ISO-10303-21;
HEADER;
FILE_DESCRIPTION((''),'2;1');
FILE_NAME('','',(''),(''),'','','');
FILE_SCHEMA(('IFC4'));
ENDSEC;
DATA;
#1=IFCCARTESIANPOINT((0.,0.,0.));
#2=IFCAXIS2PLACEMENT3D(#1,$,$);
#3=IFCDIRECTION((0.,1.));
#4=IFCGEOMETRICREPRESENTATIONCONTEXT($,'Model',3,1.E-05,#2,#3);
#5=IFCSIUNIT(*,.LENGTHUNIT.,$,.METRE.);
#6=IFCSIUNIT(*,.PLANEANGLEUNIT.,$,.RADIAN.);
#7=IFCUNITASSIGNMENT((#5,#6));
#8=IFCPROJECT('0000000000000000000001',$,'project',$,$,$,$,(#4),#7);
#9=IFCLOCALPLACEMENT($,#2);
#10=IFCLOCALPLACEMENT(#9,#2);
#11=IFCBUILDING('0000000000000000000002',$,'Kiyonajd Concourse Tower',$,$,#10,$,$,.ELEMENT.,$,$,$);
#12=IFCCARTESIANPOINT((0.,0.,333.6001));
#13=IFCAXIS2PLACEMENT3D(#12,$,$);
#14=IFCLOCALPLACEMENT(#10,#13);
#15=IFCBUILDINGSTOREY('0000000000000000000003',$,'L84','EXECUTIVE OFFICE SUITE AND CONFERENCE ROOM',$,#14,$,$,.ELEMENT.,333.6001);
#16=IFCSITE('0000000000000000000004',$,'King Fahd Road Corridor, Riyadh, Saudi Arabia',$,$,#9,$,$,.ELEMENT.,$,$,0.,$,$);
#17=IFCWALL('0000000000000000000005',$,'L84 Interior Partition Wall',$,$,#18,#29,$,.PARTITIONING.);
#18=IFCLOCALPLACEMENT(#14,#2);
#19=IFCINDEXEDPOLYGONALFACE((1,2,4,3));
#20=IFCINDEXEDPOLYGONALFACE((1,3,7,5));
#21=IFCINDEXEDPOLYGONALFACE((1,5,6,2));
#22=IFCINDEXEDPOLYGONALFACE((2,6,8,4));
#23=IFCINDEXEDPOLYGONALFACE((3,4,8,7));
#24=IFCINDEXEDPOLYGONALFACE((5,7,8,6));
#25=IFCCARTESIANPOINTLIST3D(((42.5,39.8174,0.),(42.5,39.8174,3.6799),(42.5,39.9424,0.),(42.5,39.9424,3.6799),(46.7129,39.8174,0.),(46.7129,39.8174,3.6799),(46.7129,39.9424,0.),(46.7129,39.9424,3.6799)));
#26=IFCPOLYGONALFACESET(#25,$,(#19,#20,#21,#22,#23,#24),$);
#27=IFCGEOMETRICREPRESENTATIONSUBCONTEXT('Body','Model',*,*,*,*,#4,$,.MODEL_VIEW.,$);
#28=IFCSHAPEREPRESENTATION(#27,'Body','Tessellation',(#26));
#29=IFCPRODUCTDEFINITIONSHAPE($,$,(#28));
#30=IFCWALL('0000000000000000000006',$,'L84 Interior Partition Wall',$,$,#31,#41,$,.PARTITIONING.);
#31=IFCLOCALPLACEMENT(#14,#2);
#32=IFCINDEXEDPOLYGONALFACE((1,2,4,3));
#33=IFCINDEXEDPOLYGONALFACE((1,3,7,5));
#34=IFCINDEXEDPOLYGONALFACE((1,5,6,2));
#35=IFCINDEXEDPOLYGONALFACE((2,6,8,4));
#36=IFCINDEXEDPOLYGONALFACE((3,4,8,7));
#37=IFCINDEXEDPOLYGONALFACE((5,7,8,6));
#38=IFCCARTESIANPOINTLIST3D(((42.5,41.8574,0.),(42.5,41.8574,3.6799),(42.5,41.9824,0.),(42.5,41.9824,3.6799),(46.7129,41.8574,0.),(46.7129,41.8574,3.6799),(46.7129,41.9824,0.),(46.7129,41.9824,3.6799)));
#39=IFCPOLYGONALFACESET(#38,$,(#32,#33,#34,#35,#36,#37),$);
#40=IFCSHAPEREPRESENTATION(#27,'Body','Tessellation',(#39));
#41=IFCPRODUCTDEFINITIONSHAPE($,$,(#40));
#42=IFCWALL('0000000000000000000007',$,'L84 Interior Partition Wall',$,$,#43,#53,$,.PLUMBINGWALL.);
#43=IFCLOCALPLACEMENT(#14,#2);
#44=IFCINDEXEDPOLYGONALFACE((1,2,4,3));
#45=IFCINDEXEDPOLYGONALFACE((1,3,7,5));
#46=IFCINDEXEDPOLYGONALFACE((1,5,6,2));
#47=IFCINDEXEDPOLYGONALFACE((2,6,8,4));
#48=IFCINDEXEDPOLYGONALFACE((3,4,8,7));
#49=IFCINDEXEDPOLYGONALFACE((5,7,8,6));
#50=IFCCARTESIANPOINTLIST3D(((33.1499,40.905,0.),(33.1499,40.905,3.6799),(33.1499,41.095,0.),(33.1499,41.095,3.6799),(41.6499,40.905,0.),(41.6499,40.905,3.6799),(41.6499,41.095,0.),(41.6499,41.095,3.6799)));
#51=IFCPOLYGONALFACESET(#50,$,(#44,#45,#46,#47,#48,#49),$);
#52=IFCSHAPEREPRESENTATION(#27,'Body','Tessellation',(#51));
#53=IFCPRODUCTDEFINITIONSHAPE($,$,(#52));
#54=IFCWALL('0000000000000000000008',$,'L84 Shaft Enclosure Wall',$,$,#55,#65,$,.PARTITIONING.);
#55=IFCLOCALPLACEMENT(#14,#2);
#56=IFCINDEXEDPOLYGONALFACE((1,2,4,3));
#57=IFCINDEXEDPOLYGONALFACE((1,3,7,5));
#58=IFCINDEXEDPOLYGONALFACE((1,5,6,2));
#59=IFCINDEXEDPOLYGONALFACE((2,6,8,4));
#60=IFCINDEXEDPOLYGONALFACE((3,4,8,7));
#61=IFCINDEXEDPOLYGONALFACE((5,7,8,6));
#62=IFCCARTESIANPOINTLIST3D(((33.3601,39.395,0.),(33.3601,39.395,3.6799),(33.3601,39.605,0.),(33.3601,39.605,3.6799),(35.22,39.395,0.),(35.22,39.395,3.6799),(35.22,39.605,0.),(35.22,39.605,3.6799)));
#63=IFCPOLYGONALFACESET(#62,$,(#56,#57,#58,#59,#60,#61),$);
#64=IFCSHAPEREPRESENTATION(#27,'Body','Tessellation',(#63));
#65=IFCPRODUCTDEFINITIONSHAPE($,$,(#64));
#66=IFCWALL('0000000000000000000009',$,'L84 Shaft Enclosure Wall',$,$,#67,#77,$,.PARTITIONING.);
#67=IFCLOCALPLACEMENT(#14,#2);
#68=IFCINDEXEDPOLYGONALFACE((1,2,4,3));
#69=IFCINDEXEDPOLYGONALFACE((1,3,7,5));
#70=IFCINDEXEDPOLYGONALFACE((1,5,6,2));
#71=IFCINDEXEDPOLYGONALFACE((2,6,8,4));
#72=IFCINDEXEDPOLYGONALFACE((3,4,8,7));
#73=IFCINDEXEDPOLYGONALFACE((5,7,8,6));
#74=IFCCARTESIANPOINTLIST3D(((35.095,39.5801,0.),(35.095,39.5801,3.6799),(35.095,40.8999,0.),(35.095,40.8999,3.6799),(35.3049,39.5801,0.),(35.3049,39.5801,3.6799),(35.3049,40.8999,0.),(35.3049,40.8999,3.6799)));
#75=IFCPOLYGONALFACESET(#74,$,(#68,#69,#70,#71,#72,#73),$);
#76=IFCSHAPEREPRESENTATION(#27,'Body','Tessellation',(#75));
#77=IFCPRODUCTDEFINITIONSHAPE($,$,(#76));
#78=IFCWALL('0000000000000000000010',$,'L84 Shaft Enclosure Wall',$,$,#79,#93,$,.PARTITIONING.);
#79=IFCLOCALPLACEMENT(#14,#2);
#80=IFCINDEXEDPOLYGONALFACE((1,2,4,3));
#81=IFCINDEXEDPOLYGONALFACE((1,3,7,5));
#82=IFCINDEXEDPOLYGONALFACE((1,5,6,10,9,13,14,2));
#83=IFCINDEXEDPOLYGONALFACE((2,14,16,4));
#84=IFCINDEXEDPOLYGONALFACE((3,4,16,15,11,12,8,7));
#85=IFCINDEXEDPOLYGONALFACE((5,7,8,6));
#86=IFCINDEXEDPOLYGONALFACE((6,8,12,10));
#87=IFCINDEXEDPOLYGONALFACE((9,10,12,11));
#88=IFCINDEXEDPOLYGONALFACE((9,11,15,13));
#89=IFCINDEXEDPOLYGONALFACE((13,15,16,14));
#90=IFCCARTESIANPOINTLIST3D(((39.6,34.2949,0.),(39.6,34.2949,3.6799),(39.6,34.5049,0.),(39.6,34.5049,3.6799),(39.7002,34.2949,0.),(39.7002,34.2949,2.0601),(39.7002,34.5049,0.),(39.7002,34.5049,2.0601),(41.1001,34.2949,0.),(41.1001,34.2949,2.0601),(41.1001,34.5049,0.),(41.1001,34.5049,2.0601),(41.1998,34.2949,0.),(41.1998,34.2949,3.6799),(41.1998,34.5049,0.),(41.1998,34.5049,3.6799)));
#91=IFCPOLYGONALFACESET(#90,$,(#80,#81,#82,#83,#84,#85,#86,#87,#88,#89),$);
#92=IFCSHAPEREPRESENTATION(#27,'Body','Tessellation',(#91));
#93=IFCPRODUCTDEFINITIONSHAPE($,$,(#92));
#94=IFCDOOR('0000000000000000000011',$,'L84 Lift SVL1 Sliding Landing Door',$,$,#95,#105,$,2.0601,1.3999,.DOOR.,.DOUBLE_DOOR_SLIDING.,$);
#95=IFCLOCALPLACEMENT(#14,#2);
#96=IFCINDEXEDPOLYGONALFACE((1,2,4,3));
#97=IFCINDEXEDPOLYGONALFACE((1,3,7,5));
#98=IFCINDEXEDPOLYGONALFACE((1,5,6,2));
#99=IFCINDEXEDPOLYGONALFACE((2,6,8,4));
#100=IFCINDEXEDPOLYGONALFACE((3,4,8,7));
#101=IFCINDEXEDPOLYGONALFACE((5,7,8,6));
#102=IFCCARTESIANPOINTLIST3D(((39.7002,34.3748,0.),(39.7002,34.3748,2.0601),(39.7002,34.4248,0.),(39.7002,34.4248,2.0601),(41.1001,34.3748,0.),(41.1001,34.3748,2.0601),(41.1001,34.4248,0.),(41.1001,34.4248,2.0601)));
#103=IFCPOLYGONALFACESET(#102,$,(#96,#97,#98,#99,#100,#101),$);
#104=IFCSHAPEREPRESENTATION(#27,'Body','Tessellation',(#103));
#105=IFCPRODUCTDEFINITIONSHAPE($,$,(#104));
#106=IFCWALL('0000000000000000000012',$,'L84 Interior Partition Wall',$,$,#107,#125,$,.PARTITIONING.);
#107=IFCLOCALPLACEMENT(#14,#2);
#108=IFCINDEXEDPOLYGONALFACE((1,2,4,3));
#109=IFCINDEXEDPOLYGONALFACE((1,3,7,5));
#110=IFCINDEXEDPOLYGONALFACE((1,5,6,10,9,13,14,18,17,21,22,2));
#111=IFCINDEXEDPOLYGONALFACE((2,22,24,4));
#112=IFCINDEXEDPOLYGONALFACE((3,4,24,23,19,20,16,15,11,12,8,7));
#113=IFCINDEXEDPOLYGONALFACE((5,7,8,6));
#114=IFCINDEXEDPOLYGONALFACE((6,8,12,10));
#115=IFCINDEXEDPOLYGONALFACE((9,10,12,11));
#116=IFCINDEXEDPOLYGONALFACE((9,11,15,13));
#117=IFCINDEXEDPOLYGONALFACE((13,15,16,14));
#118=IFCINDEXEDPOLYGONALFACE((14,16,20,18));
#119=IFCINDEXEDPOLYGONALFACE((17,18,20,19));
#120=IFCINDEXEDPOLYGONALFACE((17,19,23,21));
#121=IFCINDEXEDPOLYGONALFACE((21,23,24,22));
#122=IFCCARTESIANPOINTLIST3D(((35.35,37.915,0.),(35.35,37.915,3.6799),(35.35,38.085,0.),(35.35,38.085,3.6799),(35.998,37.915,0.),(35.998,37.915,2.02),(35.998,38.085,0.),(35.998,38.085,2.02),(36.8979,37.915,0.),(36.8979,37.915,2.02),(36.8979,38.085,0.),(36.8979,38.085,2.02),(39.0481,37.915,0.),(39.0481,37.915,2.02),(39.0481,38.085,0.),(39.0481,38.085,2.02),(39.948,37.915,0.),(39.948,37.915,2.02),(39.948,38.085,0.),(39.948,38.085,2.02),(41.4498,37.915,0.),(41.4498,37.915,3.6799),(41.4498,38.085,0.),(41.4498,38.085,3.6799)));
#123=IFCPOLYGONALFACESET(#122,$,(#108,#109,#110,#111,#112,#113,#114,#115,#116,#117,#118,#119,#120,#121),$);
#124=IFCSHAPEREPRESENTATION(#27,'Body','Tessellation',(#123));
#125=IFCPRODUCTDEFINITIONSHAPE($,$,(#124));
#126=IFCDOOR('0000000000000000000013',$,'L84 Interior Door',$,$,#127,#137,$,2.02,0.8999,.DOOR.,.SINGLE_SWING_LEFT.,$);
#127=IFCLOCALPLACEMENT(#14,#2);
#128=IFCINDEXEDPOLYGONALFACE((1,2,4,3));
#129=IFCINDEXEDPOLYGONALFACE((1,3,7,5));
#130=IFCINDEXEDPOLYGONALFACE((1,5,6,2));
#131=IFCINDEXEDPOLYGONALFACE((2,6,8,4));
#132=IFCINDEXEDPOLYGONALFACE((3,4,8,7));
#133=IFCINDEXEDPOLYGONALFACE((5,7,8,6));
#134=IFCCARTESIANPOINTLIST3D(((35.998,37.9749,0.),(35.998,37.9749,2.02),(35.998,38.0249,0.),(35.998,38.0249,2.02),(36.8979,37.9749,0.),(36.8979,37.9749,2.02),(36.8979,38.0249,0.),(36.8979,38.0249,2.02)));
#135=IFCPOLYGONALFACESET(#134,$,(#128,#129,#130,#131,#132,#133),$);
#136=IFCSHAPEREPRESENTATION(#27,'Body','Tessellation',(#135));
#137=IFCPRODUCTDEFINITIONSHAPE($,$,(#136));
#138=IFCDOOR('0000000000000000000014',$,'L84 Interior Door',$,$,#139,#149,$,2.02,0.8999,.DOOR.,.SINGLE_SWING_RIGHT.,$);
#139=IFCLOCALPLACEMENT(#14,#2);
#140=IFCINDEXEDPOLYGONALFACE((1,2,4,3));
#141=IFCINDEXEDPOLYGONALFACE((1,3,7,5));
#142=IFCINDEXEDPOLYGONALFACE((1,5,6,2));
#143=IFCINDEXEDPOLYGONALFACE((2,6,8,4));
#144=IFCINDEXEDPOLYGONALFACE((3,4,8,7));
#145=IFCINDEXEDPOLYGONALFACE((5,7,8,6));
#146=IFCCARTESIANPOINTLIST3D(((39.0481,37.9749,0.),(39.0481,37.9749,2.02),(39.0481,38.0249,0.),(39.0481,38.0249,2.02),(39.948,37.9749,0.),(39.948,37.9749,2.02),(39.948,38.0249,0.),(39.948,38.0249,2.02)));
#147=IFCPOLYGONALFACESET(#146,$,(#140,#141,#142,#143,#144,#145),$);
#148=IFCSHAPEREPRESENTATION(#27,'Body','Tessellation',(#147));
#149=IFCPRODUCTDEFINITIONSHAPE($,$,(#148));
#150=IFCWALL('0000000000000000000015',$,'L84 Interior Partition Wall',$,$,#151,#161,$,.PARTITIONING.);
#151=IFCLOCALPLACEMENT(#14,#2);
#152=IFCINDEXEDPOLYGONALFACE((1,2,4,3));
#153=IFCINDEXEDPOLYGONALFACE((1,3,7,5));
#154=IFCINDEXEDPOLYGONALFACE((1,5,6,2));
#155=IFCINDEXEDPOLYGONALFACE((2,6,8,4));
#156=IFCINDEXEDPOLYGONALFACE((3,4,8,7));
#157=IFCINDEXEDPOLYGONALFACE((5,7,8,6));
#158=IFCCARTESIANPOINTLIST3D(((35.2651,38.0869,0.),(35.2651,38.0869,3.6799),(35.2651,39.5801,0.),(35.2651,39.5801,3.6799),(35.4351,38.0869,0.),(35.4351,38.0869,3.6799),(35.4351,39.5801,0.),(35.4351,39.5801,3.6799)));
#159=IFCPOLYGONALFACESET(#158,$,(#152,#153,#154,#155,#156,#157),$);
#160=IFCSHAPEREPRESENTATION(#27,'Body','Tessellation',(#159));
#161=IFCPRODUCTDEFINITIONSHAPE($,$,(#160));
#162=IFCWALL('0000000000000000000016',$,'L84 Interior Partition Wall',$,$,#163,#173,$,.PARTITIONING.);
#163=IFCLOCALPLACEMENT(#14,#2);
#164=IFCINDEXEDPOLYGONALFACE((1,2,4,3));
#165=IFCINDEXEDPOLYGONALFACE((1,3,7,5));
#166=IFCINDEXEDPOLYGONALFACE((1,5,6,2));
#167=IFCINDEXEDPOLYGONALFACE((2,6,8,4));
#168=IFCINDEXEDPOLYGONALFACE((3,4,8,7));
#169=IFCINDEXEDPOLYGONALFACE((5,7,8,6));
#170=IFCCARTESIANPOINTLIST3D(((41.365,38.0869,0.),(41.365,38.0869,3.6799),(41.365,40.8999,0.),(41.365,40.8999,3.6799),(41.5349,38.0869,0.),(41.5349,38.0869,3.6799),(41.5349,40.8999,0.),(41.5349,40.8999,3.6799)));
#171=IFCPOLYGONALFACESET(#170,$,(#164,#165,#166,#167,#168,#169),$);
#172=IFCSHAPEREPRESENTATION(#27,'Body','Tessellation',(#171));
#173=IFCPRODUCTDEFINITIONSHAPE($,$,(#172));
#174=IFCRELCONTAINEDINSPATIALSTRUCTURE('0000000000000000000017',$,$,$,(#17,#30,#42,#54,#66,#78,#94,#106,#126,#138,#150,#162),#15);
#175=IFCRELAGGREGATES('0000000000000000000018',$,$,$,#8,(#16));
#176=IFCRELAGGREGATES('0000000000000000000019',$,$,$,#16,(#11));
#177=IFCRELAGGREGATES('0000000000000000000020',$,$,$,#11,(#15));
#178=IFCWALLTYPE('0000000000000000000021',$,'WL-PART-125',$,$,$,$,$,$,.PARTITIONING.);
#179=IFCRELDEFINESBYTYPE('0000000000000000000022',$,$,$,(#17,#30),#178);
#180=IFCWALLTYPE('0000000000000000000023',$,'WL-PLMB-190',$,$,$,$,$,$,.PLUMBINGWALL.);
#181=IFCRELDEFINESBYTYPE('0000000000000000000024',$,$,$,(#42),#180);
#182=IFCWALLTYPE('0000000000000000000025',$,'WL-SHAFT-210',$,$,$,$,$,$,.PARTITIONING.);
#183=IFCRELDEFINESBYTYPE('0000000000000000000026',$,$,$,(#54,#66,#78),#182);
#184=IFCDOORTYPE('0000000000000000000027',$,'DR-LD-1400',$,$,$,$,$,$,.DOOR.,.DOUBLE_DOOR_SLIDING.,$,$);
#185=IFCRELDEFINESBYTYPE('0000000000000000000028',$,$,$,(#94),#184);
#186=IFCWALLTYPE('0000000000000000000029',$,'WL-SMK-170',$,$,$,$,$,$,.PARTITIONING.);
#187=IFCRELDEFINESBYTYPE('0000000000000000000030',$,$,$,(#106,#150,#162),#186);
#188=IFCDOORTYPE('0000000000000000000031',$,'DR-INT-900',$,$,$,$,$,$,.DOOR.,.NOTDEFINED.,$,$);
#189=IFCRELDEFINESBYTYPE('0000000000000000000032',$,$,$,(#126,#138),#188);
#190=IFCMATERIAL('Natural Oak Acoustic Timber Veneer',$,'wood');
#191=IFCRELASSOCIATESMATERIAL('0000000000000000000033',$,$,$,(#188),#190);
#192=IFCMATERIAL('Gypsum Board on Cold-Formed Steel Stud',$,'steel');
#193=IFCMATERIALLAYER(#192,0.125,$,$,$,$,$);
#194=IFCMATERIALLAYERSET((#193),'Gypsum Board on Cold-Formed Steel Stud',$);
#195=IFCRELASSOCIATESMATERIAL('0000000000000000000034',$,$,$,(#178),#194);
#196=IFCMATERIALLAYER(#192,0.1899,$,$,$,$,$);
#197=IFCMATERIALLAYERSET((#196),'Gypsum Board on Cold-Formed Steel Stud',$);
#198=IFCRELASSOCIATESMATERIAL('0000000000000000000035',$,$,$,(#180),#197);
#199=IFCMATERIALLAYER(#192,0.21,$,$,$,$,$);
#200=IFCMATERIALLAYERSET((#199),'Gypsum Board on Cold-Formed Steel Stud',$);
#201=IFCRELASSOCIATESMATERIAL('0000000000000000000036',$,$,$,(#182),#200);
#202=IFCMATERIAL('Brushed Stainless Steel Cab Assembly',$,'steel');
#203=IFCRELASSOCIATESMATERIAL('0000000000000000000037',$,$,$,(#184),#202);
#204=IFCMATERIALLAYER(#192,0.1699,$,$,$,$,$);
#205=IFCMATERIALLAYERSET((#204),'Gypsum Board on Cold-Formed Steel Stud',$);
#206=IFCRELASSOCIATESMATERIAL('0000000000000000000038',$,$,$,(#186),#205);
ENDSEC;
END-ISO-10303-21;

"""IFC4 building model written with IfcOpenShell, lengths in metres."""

from ifc_helpers import new_model, si_unit, direction, frame, frame_2d, origin, place, context, subcontext, project, spatial, rectangle, extrude, material, layer, layer_set, type_object, element, fill, save


model = new_model("IFC4")

# Units and contexts
model_context = context("Model", 3, precision=1e-05, world=origin(), true_north=direction((0.0, 1.0)))
body_context = subcontext(model_context, "Body", "Model", "MODEL_VIEW")
ifc_project = project(units=[si_unit("LENGTHUNIT", "METRE"), si_unit("PLANEANGLEUNIT", "RADIAN")], contexts=[model_context])

# Site, building, storey
site_placement = place(None, origin())
site = spatial("IfcSite", under=ifc_project, at=site_placement, Name="King Fahd Road Corridor, Riyadh, Saudi Arabia", CompositionType="ELEMENT", RefElevation=0.0)
building_placement = place(site_placement, origin())
building = spatial("IfcBuilding", under=site, at=building_placement, Name="Kiyonajd Concourse Tower", CompositionType="ELEMENT")
storey_placement = place(building_placement, frame((0.0, 0.0, 333.6001)))
storey = spatial("IfcBuildingStorey", under=building, at=storey_placement, Name="L84", Description="EXECUTIVE OFFICE SUITE AND CONFERENCE ROOM", CompositionType="ELEMENT", Elevation=333.6001)

# Shared definitions
ifc_material_1 = material(Name="Natural Oak Acoustic Timber Veneer", Category="wood")
door_type_1 = type_object("IfcDoorType", Name="DR-INT-900", OperationType="NOTDEFINED", PredefinedType="DOOR", material=ifc_material_1)

# Walls
ifc_material_2 = material(Name="Gypsum Board on Cold-Formed Steel Stud", Category="steel")
ifc_layer_1 = layer(ifc_material_2, 0.125)
ifc_layer_set_1 = layer_set([ifc_layer_1], Name="Gypsum Board on Cold-Formed Steel Stud")
wall_type_1 = type_object("IfcWallType", Name="WL-PART-125", PredefinedType="PARTITIONING", material=ifc_layer_set_1)
for number, where, z_axis, x_axis, name in (
    (1, (42.5, 39.8799, 0.0), (0.0, 0.0, 1.0), (1.0, 0.0, 0.0), "L84 Interior Partition Wall"),
    (2, (42.5, 41.9199, 0.0), (0.0, 0.0, 1.0), (1.0, 0.0, 0.0), "L84 Interior Partition Wall"),
):
    element("IfcWall", number, at=place(storey_placement, frame(where, z_axis=z_axis, x_axis=x_axis)), inside=storey, type_object=wall_type_1, Name=name, PredefinedType="PARTITIONING", context=body_context, shape_type="SweptSolid", body=[
        extrude(rectangle(XDim=4.2129, YDim=0.125, at=frame_2d((2.1064, 0.0))), origin(), (0.0, 0.0, 1.0), 3.6799),
    ])
ifc_layer_2 = layer(ifc_material_2, 0.1899)
ifc_layer_set_2 = layer_set([ifc_layer_2], Name="Gypsum Board on Cold-Formed Steel Stud")
wall_type_2 = type_object("IfcWallType", Name="WL-PLMB-190", PredefinedType="PLUMBINGWALL", material=ifc_layer_set_2)
wall_1_placement = place(storey_placement, frame((33.1499, 41.0, 0.0), z_axis=(0.0, 0.0, 1.0), x_axis=(1.0, 0.0, 0.0)))
element("IfcWall", 3, at=wall_1_placement, inside=storey, type_object=wall_type_2, Name="L84 Interior Partition Wall", PredefinedType="PLUMBINGWALL", context=body_context, shape_type="SweptSolid", body=[
    extrude(rectangle(XDim=8.5, YDim=0.1899, at=frame_2d((4.25, 0.0))), origin(), (0.0, 0.0, 1.0), 3.6799),
])
ifc_layer_3 = layer(ifc_material_2, 0.21)
ifc_layer_set_3 = layer_set([ifc_layer_3], Name="Gypsum Board on Cold-Formed Steel Stud")
wall_type_3 = type_object("IfcWallType", Name="WL-SHAFT-210", PredefinedType="PARTITIONING", material=ifc_layer_set_3)
wall_2_placement = place(storey_placement, frame((33.3601, 39.5, 0.0), z_axis=(0.0, 0.0, 1.0), x_axis=(1.0, 0.0, 0.0)))
element("IfcWall", 4, at=wall_2_placement, inside=storey, type_object=wall_type_3, Name="L84 Shaft Enclosure Wall", PredefinedType="PARTITIONING", context=body_context, shape_type="SweptSolid", body=[
    extrude(rectangle(XDim=1.8599, YDim=0.21, at=frame_2d((0.9299, 0.0))), origin(), (0.0, 0.0, 1.0), 3.6799),
])
wall_3_placement = place(storey_placement, frame((35.2, 39.5801, 0.0), z_axis=(0.0, 0.0, 1.0), x_axis=(0.0, 1.0, 0.0)))
element("IfcWall", 5, at=wall_3_placement, inside=storey, type_object=wall_type_3, Name="L84 Shaft Enclosure Wall", PredefinedType="PARTITIONING", context=body_context, shape_type="SweptSolid", body=[
    extrude(rectangle(XDim=1.3198, YDim=0.21, at=frame_2d((0.6599, 0.0))), origin(), (0.0, 0.0, 1.0), 3.6799),
])

# Wall, opening, door
wall_4_placement = place(storey_placement, frame((39.6001, 34.3999, 0.0), z_axis=(0.0, 0.0, 1.0), x_axis=(1.0, 0.0, 0.0)))
wall_4 = element("IfcWall", 6, at=wall_4_placement, inside=storey, type_object=wall_type_3, Name="L84 Shaft Enclosure Wall", PredefinedType="PARTITIONING", context=body_context, shape_type="SweptSolid", body=[
    extrude(rectangle(XDim=1.5999, YDim=0.21, at=frame_2d((0.7998, 0.0))), origin(), (0.0, 0.0, 1.0), 3.6799),
])
opening_1_placement = place(wall_4_placement, frame((0.1001, 0.0, 0.0)))
opening_1 = element("IfcOpeningElement", 7, at=opening_1_placement, cuts=wall_4, PredefinedType="OPENING", context=body_context, shape_type="SweptSolid", body=[
    extrude(rectangle(XDim=1.3999, YDim=2.0601, at=frame_2d((0.7, 1.03))), frame((0.0, 0.115, 0.0), z_axis=(0.0, -1.0, 0.0), x_axis=(1.0, 0.0, 0.0)), (0.0, 0.0, 1.0), 0.23),
])
ifc_material_3 = material(Name="Brushed Stainless Steel Cab Assembly", Category="steel")
door_type_2 = type_object("IfcDoorType", Name="DR-LD-1400", OperationType="DOUBLE_DOOR_SLIDING", PredefinedType="DOOR", material=ifc_material_3)
door_1_placement = place(opening_1_placement, origin())
door_1 = element("IfcDoor", 8, at=door_1_placement, inside=storey, type_object=door_type_2, Name="L84 Lift SVL1 Sliding Landing Door", OperationType="DOUBLE_DOOR_SLIDING", OverallHeight=2.0601, OverallWidth=1.3999, PredefinedType="DOOR", context=body_context, shape_type="SweptSolid", body=[
    extrude(rectangle(XDim=1.3999, YDim=2.0601, at=frame_2d((0.7, 1.03))), frame((0.0, 0.0249, 0.0), z_axis=(0.0, -1.0, 0.0), x_axis=(1.0, 0.0, 0.0)), (0.0, 0.0, 1.0), 0.05),
])
fill(opening_1, door_1)

# Wall, openings, doors
ifc_layer_4 = layer(ifc_material_2, 0.1699)
ifc_layer_set_4 = layer_set([ifc_layer_4], Name="Gypsum Board on Cold-Formed Steel Stud")
wall_type_4 = type_object("IfcWallType", Name="WL-SMK-170", PredefinedType="PARTITIONING", material=ifc_layer_set_4)
wall_5_placement = place(storey_placement, frame((35.3501, 38.0, 0.0), z_axis=(0.0, 0.0, 1.0), x_axis=(1.0, 0.0, 0.0)))
wall_5 = element("IfcWall", 9, at=wall_5_placement, inside=storey, type_object=wall_type_4, Name="L84 Interior Partition Wall", PredefinedType="PARTITIONING", context=body_context, shape_type="SweptSolid", body=[
    extrude(rectangle(XDim=6.0999, YDim=0.1699, at=frame_2d((3.0498, 0.0))), origin(), (0.0, 0.0, 1.0), 3.6799),
])
opening_2_placement = place(wall_5_placement, frame((0.6479, 0.0, 0.0)))
opening_2 = element("IfcOpeningElement", 10, at=opening_2_placement, cuts=wall_5, PredefinedType="OPENING", context=body_context, shape_type="SweptSolid", body=[
    extrude(rectangle(XDim=0.8999, YDim=2.02, at=frame_2d((0.45, 1.01))), frame((0.0, 0.095, 0.0), z_axis=(0.0, -1.0, 0.0), x_axis=(1.0, 0.0, 0.0)), (0.0, 0.0, 1.0), 0.1899),
])
opening_3_placement = place(wall_5_placement, frame((3.698, 0.0, 0.0)))
opening_3 = element("IfcOpeningElement", 11, at=opening_3_placement, cuts=wall_5, PredefinedType="OPENING", context=body_context, shape_type="SweptSolid", body=[
    extrude(rectangle(XDim=0.8999, YDim=2.02, at=frame_2d((0.45, 1.01))), frame((0.0, 0.095, 0.0), z_axis=(0.0, -1.0, 0.0), x_axis=(1.0, 0.0, 0.0)), (0.0, 0.0, 1.0), 0.1899),
])
door_2_placement = place(opening_2_placement, origin())
door_2 = element("IfcDoor", 12, at=door_2_placement, inside=storey, type_object=door_type_1, Name="L84 Interior Door", OperationType="SINGLE_SWING_LEFT", OverallHeight=2.02, OverallWidth=0.8999, PredefinedType="DOOR", context=body_context, shape_type="SweptSolid", body=[
    extrude(rectangle(XDim=0.8999, YDim=2.02, at=frame_2d((0.45, 1.01))), frame((0.0, 0.0249, 0.0), z_axis=(0.0, -1.0, 0.0), x_axis=(1.0, 0.0, 0.0)), (0.0, 0.0, 1.0), 0.05),
])
fill(opening_2, door_2)
door_3_placement = place(opening_3_placement, origin())
door_3 = element("IfcDoor", 13, at=door_3_placement, inside=storey, type_object=door_type_1, Name="L84 Interior Door", OperationType="SINGLE_SWING_RIGHT", OverallHeight=2.02, OverallWidth=0.8999, PredefinedType="DOOR", context=body_context, shape_type="SweptSolid", body=[
    extrude(rectangle(XDim=0.8999, YDim=2.02, at=frame_2d((0.45, 1.01))), frame((0.0, 0.0249, 0.0), z_axis=(0.0, -1.0, 0.0), x_axis=(1.0, 0.0, 0.0)), (0.0, 0.0, 1.0), 0.05),
])
fill(opening_3, door_3)

# Walls
wall_6_placement = place(storey_placement, frame((35.3501, 38.0869, 0.0), z_axis=(0.0, 0.0, 1.0), x_axis=(0.0, 1.0, 0.0)))
element("IfcWall", 14, at=wall_6_placement, inside=storey, type_object=wall_type_4, Name="L84 Interior Partition Wall", PredefinedType="PARTITIONING", context=body_context, shape_type="SweptSolid", body=[
    extrude(rectangle(XDim=1.4932, YDim=0.1699, at=frame_2d((0.7466, 0.0))), origin(), (0.0, 0.0, 1.0), 3.6799),
])
wall_7_placement = place(storey_placement, frame((41.45, 38.0869, 0.0), z_axis=(0.0, 0.0, 1.0), x_axis=(0.0, 1.0, 0.0)))
element("IfcWall", 15, at=wall_7_placement, inside=storey, type_object=wall_type_4, Name="L84 Interior Partition Wall", PredefinedType="PARTITIONING", context=body_context, shape_type="SweptSolid", body=[
    extrude(rectangle(XDim=2.813, YDim=0.1699, at=frame_2d((1.4065, 0.0))), origin(), (0.0, 0.0, 1.0), 3.6799),
])

save(model, "model.ifc")
